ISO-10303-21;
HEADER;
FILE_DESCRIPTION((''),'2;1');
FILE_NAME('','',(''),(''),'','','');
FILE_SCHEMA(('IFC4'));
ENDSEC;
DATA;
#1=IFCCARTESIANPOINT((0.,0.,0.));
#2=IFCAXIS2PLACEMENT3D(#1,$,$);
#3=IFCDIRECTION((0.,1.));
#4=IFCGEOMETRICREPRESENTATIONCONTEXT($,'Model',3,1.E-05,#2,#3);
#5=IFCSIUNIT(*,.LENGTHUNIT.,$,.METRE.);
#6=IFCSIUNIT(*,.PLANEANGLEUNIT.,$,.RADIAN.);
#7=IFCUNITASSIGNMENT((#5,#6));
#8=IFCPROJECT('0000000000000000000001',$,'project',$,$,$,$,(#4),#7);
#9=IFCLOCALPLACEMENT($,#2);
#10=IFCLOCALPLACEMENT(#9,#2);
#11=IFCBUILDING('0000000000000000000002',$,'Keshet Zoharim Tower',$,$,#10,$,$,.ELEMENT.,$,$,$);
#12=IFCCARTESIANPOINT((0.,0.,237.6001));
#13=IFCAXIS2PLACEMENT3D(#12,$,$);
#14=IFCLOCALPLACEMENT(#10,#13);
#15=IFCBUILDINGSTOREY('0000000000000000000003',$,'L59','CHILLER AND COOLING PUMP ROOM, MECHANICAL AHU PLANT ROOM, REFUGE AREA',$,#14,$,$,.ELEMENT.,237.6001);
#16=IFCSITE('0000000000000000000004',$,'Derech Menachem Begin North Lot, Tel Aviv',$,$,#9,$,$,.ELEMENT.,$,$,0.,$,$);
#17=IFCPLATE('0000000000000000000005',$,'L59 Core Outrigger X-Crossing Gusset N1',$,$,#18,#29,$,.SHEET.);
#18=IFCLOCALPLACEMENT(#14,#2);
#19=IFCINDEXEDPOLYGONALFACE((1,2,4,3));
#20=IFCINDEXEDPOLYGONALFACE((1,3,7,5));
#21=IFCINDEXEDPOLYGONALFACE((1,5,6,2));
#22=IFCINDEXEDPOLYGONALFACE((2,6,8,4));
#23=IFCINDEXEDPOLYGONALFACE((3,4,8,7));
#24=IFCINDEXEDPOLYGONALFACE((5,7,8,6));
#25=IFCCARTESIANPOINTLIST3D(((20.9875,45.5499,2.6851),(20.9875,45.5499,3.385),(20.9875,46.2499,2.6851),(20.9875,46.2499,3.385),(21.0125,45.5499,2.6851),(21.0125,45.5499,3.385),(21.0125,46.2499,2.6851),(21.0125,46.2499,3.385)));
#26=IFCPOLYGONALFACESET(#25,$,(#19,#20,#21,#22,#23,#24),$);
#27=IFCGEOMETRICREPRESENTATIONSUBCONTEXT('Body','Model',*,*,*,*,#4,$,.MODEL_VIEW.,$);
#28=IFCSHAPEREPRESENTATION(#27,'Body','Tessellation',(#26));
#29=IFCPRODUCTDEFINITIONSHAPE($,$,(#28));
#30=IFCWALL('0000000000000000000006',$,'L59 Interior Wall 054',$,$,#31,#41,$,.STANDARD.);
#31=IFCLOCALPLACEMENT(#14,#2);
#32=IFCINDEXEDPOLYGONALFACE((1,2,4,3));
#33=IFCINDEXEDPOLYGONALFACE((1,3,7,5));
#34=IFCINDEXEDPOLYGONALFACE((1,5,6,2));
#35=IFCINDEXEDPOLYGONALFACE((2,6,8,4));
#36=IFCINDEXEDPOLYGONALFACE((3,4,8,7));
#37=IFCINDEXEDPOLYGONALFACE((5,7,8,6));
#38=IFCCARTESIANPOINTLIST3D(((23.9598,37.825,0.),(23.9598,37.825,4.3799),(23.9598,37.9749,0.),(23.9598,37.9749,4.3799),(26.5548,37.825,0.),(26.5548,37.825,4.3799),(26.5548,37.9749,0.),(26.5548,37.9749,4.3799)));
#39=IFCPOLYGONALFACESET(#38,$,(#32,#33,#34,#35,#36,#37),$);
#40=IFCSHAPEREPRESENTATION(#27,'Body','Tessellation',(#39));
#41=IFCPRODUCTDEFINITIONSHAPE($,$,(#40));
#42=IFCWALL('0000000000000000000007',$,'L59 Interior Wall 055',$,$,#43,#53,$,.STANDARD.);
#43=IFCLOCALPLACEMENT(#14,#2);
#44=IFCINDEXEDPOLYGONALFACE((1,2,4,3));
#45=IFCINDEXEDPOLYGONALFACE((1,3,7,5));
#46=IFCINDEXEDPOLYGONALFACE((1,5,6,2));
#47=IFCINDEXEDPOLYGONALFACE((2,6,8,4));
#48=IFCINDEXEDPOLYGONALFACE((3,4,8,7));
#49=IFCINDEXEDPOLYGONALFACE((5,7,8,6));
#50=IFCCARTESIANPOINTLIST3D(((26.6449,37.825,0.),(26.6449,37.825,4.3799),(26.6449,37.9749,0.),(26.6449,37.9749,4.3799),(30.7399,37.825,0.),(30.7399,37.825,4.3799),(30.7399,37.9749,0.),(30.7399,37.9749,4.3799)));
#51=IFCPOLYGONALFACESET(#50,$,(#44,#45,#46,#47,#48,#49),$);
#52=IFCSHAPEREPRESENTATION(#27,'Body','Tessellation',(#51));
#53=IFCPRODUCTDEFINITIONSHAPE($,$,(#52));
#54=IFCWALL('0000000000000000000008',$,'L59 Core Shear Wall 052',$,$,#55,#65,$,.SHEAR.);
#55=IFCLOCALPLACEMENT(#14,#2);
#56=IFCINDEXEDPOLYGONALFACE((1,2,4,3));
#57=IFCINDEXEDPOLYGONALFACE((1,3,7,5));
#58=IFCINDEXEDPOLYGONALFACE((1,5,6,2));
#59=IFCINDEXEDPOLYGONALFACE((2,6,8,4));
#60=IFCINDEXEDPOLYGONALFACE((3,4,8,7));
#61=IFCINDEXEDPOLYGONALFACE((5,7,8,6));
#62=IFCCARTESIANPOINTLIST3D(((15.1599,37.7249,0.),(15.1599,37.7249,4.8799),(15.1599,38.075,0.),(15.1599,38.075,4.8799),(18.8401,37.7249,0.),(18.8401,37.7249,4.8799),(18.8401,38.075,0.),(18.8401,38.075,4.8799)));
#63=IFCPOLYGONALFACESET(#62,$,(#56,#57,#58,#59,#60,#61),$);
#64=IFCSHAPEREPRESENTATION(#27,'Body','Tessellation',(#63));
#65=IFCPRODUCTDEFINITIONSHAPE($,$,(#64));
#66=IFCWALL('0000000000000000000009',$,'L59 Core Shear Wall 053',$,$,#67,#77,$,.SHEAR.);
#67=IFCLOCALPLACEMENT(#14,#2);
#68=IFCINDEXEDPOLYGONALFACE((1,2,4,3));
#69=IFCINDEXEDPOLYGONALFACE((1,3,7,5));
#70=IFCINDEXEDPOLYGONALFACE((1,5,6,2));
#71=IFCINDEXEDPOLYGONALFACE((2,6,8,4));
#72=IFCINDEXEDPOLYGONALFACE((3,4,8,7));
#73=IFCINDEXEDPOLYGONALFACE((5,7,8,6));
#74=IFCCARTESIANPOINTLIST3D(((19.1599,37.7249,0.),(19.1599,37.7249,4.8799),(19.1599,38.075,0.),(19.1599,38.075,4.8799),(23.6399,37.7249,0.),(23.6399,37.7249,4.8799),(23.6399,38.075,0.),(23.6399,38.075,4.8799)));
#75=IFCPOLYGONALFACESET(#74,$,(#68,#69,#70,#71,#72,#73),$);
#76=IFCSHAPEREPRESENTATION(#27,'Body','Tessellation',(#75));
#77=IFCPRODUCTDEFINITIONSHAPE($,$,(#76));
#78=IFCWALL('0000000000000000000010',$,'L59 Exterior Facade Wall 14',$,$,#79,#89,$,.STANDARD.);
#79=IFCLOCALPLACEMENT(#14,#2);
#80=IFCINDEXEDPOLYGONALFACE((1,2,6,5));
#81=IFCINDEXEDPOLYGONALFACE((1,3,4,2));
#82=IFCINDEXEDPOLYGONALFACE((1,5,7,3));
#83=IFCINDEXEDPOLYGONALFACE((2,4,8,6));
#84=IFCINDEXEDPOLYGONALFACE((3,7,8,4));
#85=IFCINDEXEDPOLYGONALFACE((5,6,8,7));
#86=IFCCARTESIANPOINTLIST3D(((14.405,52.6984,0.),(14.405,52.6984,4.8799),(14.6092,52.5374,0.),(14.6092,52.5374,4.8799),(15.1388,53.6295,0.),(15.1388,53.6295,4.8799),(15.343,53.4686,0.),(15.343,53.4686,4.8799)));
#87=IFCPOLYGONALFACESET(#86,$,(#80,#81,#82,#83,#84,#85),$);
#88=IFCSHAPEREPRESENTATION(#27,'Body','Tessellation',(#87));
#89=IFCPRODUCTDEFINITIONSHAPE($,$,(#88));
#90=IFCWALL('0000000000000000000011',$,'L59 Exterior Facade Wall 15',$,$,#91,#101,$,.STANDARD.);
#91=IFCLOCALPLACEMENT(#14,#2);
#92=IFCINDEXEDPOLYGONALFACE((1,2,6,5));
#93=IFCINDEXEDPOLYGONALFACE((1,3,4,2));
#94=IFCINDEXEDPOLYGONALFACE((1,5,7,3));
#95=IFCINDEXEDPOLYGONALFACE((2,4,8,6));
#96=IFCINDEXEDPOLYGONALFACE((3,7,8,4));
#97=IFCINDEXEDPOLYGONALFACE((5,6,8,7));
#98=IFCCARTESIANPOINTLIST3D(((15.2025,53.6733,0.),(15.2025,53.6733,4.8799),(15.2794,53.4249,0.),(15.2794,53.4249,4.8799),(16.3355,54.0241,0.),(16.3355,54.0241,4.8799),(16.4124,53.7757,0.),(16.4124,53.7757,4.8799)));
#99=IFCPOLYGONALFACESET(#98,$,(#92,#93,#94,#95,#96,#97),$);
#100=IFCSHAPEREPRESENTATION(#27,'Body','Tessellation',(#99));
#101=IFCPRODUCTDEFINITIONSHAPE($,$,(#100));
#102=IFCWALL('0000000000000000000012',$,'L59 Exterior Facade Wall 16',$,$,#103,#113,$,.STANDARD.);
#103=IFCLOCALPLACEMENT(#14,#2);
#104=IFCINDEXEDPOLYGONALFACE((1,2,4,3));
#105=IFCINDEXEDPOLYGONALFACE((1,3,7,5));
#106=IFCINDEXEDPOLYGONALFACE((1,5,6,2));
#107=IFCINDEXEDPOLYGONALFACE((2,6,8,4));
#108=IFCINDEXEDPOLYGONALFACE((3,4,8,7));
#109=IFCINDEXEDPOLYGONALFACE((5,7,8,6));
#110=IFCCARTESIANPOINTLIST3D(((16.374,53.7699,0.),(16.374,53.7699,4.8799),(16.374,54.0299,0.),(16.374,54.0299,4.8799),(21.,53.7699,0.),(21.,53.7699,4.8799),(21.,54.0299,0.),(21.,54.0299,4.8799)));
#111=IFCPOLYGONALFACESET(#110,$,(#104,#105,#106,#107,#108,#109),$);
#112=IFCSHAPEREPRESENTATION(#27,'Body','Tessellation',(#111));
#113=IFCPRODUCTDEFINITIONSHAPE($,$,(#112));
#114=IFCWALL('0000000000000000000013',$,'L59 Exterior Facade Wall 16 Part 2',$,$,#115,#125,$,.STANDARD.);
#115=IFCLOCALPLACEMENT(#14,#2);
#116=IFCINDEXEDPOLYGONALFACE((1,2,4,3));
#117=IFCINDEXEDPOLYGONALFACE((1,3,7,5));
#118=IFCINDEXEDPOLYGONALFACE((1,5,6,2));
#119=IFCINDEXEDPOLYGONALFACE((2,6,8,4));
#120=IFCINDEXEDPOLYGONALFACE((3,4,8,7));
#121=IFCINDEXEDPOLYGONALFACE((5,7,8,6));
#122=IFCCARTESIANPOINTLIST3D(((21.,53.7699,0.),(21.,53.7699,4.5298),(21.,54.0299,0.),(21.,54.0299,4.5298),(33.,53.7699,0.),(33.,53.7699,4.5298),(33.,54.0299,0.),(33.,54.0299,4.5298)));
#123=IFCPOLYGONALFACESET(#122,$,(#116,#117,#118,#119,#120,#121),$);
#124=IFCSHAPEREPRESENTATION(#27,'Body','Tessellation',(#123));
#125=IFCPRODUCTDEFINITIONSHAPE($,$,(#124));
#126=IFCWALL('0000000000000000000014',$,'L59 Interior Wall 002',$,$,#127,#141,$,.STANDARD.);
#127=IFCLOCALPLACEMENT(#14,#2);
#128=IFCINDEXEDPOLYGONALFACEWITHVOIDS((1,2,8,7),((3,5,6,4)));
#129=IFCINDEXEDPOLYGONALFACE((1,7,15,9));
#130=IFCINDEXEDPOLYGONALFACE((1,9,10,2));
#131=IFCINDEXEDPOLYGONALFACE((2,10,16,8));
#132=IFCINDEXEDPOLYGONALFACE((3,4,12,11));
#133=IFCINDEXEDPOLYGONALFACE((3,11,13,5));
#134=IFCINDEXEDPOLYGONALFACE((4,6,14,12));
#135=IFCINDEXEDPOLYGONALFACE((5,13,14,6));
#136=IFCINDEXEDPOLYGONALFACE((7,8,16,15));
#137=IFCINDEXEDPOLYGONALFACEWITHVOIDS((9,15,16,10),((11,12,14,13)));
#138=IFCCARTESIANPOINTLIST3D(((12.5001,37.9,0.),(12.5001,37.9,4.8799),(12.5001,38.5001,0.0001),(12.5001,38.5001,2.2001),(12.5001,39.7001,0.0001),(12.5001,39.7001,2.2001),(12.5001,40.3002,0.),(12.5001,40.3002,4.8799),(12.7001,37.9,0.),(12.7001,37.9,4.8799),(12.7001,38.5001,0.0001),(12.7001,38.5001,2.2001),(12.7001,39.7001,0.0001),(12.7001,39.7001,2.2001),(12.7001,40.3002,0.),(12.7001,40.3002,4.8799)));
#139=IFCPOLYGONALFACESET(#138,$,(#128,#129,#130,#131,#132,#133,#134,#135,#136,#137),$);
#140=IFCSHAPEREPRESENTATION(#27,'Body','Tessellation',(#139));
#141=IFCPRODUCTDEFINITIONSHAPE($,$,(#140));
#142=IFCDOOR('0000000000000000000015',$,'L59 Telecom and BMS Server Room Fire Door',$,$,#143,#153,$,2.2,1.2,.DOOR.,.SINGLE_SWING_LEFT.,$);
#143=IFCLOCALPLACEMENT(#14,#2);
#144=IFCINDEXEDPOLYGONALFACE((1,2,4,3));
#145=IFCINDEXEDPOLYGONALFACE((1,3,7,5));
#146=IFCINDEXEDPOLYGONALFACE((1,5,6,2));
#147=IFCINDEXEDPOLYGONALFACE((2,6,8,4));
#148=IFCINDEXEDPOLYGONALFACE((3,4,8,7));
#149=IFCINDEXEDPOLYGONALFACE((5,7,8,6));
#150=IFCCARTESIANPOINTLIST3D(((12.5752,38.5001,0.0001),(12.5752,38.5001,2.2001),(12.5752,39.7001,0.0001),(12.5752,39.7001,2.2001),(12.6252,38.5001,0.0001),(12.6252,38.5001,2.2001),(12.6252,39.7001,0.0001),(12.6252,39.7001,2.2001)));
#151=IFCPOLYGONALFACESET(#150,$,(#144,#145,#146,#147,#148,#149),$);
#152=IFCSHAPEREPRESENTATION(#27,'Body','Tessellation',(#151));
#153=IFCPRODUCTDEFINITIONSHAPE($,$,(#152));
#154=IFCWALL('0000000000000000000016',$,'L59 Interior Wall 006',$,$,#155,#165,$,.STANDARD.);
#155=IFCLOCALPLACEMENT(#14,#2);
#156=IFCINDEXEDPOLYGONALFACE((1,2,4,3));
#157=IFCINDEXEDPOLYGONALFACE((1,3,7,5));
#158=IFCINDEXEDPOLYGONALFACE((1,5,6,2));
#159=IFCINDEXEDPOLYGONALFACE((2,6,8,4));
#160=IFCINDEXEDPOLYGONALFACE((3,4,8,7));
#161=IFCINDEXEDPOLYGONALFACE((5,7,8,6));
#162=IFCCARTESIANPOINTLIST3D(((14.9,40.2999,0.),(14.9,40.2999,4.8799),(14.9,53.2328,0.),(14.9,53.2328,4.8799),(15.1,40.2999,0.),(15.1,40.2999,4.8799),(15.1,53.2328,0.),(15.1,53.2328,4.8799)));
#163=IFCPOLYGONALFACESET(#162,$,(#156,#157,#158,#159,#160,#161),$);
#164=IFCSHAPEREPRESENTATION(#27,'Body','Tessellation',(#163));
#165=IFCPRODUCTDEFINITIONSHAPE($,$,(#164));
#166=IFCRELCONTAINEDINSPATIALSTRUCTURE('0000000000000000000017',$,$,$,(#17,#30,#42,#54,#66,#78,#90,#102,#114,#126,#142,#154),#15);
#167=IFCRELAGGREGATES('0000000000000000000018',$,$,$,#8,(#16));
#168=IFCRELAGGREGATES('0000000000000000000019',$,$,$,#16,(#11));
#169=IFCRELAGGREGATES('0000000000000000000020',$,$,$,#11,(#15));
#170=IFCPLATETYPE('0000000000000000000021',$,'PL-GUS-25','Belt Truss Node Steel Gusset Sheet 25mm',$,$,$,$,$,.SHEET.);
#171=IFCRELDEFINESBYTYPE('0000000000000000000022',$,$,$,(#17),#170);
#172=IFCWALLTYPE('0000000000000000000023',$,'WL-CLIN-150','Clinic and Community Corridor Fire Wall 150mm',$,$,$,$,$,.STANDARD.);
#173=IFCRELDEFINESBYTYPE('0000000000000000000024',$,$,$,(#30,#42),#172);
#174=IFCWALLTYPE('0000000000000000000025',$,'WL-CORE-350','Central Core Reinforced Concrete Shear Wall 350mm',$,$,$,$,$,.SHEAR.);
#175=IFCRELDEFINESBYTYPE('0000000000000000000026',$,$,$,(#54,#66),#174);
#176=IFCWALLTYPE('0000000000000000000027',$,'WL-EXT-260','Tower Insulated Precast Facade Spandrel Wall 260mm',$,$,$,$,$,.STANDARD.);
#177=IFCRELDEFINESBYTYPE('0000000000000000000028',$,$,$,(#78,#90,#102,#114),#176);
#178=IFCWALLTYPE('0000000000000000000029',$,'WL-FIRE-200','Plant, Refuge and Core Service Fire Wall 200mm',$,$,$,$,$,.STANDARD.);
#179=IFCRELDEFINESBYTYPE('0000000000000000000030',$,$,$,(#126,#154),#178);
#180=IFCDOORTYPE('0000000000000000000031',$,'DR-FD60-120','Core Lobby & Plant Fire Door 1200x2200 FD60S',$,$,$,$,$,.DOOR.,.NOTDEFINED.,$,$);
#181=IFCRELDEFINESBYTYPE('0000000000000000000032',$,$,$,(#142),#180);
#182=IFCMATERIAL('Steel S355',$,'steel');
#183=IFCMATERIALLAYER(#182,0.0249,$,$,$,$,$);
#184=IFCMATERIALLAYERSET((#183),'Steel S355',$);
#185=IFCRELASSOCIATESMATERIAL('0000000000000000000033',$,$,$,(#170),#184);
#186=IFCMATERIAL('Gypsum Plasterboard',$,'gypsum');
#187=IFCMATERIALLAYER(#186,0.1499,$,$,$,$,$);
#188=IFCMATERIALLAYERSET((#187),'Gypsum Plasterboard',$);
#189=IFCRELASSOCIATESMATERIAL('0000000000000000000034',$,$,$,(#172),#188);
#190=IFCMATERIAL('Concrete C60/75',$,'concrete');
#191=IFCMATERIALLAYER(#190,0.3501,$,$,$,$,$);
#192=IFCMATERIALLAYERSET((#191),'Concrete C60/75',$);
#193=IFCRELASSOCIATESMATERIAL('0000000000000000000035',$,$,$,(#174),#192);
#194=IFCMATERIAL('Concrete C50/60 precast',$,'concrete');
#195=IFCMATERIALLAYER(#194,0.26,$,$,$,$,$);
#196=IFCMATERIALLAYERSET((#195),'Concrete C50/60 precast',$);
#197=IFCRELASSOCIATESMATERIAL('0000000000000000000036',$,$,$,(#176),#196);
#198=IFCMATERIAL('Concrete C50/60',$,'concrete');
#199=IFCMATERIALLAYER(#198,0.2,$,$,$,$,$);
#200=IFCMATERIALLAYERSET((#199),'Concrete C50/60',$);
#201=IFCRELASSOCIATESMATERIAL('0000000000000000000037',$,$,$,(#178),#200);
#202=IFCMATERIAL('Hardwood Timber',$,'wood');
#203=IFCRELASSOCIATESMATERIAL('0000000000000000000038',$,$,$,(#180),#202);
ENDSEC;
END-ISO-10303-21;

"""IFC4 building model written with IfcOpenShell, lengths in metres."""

from ifc_helpers import new_model, si_unit, direction, frame, frame_2d, origin, origin_2d, place, context, subcontext, project, spatial, rectangle, extrude, material, layer, layer_set, type_object, element, fill, save


model = new_model("IFC4")

# Units and contexts
model_context = context("Model", 3, precision=1e-05, world=origin(), true_north=direction((0.0, 1.0)))
body_context = subcontext(model_context, "Body", "Model", "MODEL_VIEW")
ifc_project = project(units=[si_unit("LENGTHUNIT", "METRE"), si_unit("PLANEANGLEUNIT", "RADIAN")], contexts=[model_context])

# Site, building, storey
site_placement = place(None, origin())
site = spatial("IfcSite", under=ifc_project, at=site_placement, Name="Derech Menachem Begin North Lot, Tel Aviv", CompositionType="ELEMENT", RefElevation=0.0)
building_placement = place(site_placement, origin())
building = spatial("IfcBuilding", under=site, at=building_placement, Name="Keshet Zoharim Tower", CompositionType="ELEMENT")
storey_placement = place(building_placement, frame((0.0, 0.0, 237.6001)))
storey = spatial("IfcBuildingStorey", under=building, at=storey_placement, Name="L59", Description="CHILLER AND COOLING PUMP ROOM, MECHANICAL AHU PLANT ROOM, REFUGE AREA", CompositionType="ELEMENT", Elevation=237.6001)

# Shared definitions
ifc_material_1 = material(Name="Steel S355", Category="steel")

# Plate
ifc_layer_1 = layer(ifc_material_1, 0.0249)
ifc_layer_set_1 = layer_set([ifc_layer_1], Name="Steel S355")
plate_type = type_object("IfcPlateType", Name="PL-GUS-25", Description="Belt Truss Node Steel Gusset Sheet 25mm", PredefinedType="SHEET", material=ifc_layer_set_1)
for number, where, z_axis, x_axis, name in (
    (1, (21.0, 45.8999, 2.6851), (0.0, 0.0, 1.0), (0.0, 1.0, 0.0), "L59 Core Outrigger X-Crossing Gusset N1"),
):
    element("IfcPlate", number, at=place(storey_placement, frame(where, z_axis=z_axis, x_axis=x_axis)), inside=storey, type_object=plate_type, Name=name, PredefinedType="SHEET", context=body_context, shape_type="SweptSolid", body=[
        extrude(rectangle(XDim=0.7, YDim=0.0249, at=origin_2d()), origin(), (0.0, 0.0, 1.0), 0.7),
    ])

# Walls
ifc_material_2 = material(Name="Gypsum Plasterboard", Category="gypsum")
ifc_layer_2 = layer(ifc_material_2, 0.1499)
ifc_layer_set_2 = layer_set([ifc_layer_2], Name="Gypsum Plasterboard")
wall_type_1 = type_object("IfcWallType", Name="WL-CLIN-150", Description="Clinic and Community Corridor Fire Wall 150mm", PredefinedType="STANDARD", material=ifc_layer_set_2)
wall_1_placement = place(storey_placement, frame((23.96, 37.8999, 0.0), z_axis=(0.0, 0.0, 1.0), x_axis=(1.0, 0.0, 0.0)))
element("IfcWall", 2, at=wall_1_placement, inside=storey, type_object=wall_type_1, Name="L59 Interior Wall 054", PredefinedType="STANDARD", context=body_context, shape_type="SweptSolid", body=[
    extrude(rectangle(XDim=2.595, YDim=0.1499, at=frame_2d((1.2974, 0.0))), origin(), (0.0, 0.0, 1.0), 4.3799),
])
wall_2_placement = place(storey_placement, frame((26.645, 37.8999, 0.0), z_axis=(0.0, 0.0, 1.0), x_axis=(1.0, 0.0, 0.0)))
element("IfcWall", 3, at=wall_2_placement, inside=storey, type_object=wall_type_1, Name="L59 Interior Wall 055", PredefinedType="STANDARD", context=body_context, shape_type="SweptSolid", body=[
    extrude(rectangle(XDim=4.095, YDim=0.1499, at=frame_2d((2.0474, 0.0))), origin(), (0.0, 0.0, 1.0), 4.3799),
])
ifc_material_3 = material(Name="Concrete C60/75", Category="concrete")
ifc_layer_3 = layer(ifc_material_3, 0.3501)
ifc_layer_set_3 = layer_set([ifc_layer_3], Name="Concrete C60/75")
wall_type_2 = type_object("IfcWallType", Name="WL-CORE-350", Description="Central Core Reinforced Concrete Shear Wall 350mm", PredefinedType="SHEAR", material=ifc_layer_set_3)
wall_3_placement = place(storey_placement, frame((15.1599, 37.8999, 0.0), z_axis=(0.0, 0.0, 1.0), x_axis=(1.0, 0.0, 0.0)))
element("IfcWall", 4, at=wall_3_placement, inside=storey, type_object=wall_type_2, Name="L59 Core Shear Wall 052", PredefinedType="SHEAR", context=body_context, shape_type="SweptSolid", body=[
    extrude(rectangle(XDim=3.6802, YDim=0.3501, at=frame_2d((1.8401, 0.0))), origin(), (0.0, 0.0, 1.0), 4.8799),
])
wall_4_placement = place(storey_placement, frame((19.1599, 37.8999, 0.0), z_axis=(0.0, 0.0, 1.0), x_axis=(1.0, 0.0, 0.0)))
element("IfcWall", 5, at=wall_4_placement, inside=storey, type_object=wall_type_2, Name="L59 Core Shear Wall 053", PredefinedType="SHEAR", context=body_context, shape_type="SweptSolid", body=[
    extrude(rectangle(XDim=4.48, YDim=0.3501, at=frame_2d((2.24, 0.0))), origin(), (0.0, 0.0, 1.0), 4.8799),
])
ifc_material_4 = material(Name="Concrete C50/60 precast", Category="concrete")
ifc_layer_4 = layer(ifc_material_4, 0.26)
ifc_layer_set_4 = layer_set([ifc_layer_4], Name="Concrete C50/60 precast")
wall_type_3 = type_object("IfcWallType", Name="WL-EXT-260", Description="Tower Insulated Precast Facade Spandrel Wall 260mm", PredefinedType="STANDARD", material=ifc_layer_set_4)
wall_5_placement = place(storey_placement, frame((14.5071, 52.6179, 0.0), z_axis=(0.0, 0.0, 1.0), x_axis=(0.619003, 0.785389, 0.0)))
element("IfcWall", 6, at=wall_5_placement, inside=storey, type_object=wall_type_3, Name="L59 Exterior Facade Wall 14", PredefinedType="STANDARD", context=body_context, shape_type="SweptSolid", body=[
    extrude(rectangle(XDim=1.1855, YDim=0.26, at=frame_2d((0.5928, 0.0))), origin(), (0.0, 0.0, 1.0), 4.8799),
])
wall_6_placement = place(storey_placement, frame((15.241, 53.5491, 0.0), z_axis=(0.0, 0.0, 1.0), x_axis=(0.955257, 0.295778, 0.0)))
element("IfcWall", 7, at=wall_6_placement, inside=storey, type_object=wall_type_3, Name="L59 Exterior Facade Wall 15", PredefinedType="STANDARD", context=body_context, shape_type="SweptSolid", body=[
    extrude(rectangle(XDim=1.186, YDim=0.26, at=frame_2d((0.593, 0.0))), origin(), (0.0, 0.0, 1.0), 4.8799),
])
wall_7_placement = place(storey_placement, frame((16.374, 53.8999, 0.0), z_axis=(0.0, 0.0, 1.0), x_axis=(1.0, 0.0, 0.0)))
element("IfcWall", 8, at=wall_7_placement, inside=storey, type_object=wall_type_3, Name="L59 Exterior Facade Wall 16", PredefinedType="STANDARD", context=body_context, shape_type="SweptSolid", body=[
    extrude(rectangle(XDim=4.626, YDim=0.26, at=frame_2d((2.313, 0.0))), origin(), (0.0, 0.0, 1.0), 4.8799),
])
wall_8_placement = place(storey_placement, frame((21.0, 53.8999, 0.0), z_axis=(0.0, 0.0, 1.0), x_axis=(1.0, 0.0, 0.0)))
element("IfcWall", 9, at=wall_8_placement, inside=storey, type_object=wall_type_3, Name="L59 Exterior Facade Wall 16 Part 2", PredefinedType="STANDARD", context=body_context, shape_type="SweptSolid", body=[
    extrude(rectangle(XDim=12.0, YDim=0.26, at=frame_2d((6.0, 0.0))), origin(), (0.0, 0.0, 1.0), 4.5298),
])

# Wall, opening, door
ifc_material_5 = material(Name="Concrete C50/60", Category="concrete")
ifc_layer_5 = layer(ifc_material_5, 0.2)
ifc_layer_set_5 = layer_set([ifc_layer_5], Name="Concrete C50/60")
wall_type_4 = type_object("IfcWallType", Name="WL-FIRE-200", Description="Plant, Refuge and Core Service Fire Wall 200mm", PredefinedType="STANDARD", material=ifc_layer_set_5)
wall_9_placement = place(storey_placement, frame((12.6001, 37.8999, 0.0), z_axis=(0.0, 0.0, 1.0), x_axis=(0.0, 1.0, 0.0)))
wall_9 = element("IfcWall", 10, at=wall_9_placement, inside=storey, type_object=wall_type_4, Name="L59 Interior Wall 002", PredefinedType="STANDARD", context=body_context, shape_type="SweptSolid", body=[
    extrude(rectangle(XDim=2.4001, YDim=0.2, at=frame_2d((1.2002, 0.0))), origin(), (0.0, 0.0, 1.0), 4.8799),
])
opening_1_placement = place(wall_9_placement, frame((0.6001, 0.0, 0.0)))
opening_1 = element("IfcOpeningElement", 11, at=opening_1_placement, cuts=wall_9, PredefinedType="OPENING", context=body_context, shape_type="SweptSolid", body=[
    extrude(rectangle(XDim=1.2, YDim=2.2, at=frame_2d((0.6001, 1.1001))), frame((0.0, 0.1099, 0.0), z_axis=(0.0, -1.0, 0.0), x_axis=(1.0, 0.0, 0.0)), (0.0, 0.0, 1.0), 0.22),
])
ifc_material_6 = material(Name="Hardwood Timber", Category="wood")
door_type = type_object("IfcDoorType", Name="DR-FD60-120", Description="Core Lobby & Plant Fire Door 1200x2200 FD60S", OperationType="NOTDEFINED", PredefinedType="DOOR", material=ifc_material_6)
door_1_placement = place(opening_1_placement, origin())
door_1 = element("IfcDoor", 12, at=door_1_placement, inside=storey, type_object=door_type, Name="L59 Telecom and BMS Server Room Fire Door", OperationType="SINGLE_SWING_LEFT", OverallHeight=2.2, OverallWidth=1.2, PredefinedType="DOOR", context=body_context, shape_type="SweptSolid", body=[
    extrude(rectangle(XDim=1.2, YDim=2.2, at=frame_2d((0.6001, 1.1001))), frame((0.0, 0.0249, 0.0), z_axis=(0.0, -1.0, 0.0), x_axis=(1.0, 0.0, 0.0)), (0.0, 0.0, 1.0), 0.05),
])
fill(opening_1, door_1)

# Wall
wall_10_placement = place(storey_placement, frame((15.0, 40.3, 0.0), z_axis=(0.0, 0.0, 1.0), x_axis=(0.0, 1.0, 0.0)))
element("IfcWall", 13, at=wall_10_placement, inside=storey, type_object=wall_type_4, Name="L59 Interior Wall 006", PredefinedType="STANDARD", context=body_context, shape_type="SweptSolid", body=[
    extrude(rectangle(XDim=12.9329, YDim=0.2, at=frame_2d((6.4663, 0.0))), origin(), (0.0, 0.0, 1.0), 4.8799),
])

save(model, "model.ifc")
